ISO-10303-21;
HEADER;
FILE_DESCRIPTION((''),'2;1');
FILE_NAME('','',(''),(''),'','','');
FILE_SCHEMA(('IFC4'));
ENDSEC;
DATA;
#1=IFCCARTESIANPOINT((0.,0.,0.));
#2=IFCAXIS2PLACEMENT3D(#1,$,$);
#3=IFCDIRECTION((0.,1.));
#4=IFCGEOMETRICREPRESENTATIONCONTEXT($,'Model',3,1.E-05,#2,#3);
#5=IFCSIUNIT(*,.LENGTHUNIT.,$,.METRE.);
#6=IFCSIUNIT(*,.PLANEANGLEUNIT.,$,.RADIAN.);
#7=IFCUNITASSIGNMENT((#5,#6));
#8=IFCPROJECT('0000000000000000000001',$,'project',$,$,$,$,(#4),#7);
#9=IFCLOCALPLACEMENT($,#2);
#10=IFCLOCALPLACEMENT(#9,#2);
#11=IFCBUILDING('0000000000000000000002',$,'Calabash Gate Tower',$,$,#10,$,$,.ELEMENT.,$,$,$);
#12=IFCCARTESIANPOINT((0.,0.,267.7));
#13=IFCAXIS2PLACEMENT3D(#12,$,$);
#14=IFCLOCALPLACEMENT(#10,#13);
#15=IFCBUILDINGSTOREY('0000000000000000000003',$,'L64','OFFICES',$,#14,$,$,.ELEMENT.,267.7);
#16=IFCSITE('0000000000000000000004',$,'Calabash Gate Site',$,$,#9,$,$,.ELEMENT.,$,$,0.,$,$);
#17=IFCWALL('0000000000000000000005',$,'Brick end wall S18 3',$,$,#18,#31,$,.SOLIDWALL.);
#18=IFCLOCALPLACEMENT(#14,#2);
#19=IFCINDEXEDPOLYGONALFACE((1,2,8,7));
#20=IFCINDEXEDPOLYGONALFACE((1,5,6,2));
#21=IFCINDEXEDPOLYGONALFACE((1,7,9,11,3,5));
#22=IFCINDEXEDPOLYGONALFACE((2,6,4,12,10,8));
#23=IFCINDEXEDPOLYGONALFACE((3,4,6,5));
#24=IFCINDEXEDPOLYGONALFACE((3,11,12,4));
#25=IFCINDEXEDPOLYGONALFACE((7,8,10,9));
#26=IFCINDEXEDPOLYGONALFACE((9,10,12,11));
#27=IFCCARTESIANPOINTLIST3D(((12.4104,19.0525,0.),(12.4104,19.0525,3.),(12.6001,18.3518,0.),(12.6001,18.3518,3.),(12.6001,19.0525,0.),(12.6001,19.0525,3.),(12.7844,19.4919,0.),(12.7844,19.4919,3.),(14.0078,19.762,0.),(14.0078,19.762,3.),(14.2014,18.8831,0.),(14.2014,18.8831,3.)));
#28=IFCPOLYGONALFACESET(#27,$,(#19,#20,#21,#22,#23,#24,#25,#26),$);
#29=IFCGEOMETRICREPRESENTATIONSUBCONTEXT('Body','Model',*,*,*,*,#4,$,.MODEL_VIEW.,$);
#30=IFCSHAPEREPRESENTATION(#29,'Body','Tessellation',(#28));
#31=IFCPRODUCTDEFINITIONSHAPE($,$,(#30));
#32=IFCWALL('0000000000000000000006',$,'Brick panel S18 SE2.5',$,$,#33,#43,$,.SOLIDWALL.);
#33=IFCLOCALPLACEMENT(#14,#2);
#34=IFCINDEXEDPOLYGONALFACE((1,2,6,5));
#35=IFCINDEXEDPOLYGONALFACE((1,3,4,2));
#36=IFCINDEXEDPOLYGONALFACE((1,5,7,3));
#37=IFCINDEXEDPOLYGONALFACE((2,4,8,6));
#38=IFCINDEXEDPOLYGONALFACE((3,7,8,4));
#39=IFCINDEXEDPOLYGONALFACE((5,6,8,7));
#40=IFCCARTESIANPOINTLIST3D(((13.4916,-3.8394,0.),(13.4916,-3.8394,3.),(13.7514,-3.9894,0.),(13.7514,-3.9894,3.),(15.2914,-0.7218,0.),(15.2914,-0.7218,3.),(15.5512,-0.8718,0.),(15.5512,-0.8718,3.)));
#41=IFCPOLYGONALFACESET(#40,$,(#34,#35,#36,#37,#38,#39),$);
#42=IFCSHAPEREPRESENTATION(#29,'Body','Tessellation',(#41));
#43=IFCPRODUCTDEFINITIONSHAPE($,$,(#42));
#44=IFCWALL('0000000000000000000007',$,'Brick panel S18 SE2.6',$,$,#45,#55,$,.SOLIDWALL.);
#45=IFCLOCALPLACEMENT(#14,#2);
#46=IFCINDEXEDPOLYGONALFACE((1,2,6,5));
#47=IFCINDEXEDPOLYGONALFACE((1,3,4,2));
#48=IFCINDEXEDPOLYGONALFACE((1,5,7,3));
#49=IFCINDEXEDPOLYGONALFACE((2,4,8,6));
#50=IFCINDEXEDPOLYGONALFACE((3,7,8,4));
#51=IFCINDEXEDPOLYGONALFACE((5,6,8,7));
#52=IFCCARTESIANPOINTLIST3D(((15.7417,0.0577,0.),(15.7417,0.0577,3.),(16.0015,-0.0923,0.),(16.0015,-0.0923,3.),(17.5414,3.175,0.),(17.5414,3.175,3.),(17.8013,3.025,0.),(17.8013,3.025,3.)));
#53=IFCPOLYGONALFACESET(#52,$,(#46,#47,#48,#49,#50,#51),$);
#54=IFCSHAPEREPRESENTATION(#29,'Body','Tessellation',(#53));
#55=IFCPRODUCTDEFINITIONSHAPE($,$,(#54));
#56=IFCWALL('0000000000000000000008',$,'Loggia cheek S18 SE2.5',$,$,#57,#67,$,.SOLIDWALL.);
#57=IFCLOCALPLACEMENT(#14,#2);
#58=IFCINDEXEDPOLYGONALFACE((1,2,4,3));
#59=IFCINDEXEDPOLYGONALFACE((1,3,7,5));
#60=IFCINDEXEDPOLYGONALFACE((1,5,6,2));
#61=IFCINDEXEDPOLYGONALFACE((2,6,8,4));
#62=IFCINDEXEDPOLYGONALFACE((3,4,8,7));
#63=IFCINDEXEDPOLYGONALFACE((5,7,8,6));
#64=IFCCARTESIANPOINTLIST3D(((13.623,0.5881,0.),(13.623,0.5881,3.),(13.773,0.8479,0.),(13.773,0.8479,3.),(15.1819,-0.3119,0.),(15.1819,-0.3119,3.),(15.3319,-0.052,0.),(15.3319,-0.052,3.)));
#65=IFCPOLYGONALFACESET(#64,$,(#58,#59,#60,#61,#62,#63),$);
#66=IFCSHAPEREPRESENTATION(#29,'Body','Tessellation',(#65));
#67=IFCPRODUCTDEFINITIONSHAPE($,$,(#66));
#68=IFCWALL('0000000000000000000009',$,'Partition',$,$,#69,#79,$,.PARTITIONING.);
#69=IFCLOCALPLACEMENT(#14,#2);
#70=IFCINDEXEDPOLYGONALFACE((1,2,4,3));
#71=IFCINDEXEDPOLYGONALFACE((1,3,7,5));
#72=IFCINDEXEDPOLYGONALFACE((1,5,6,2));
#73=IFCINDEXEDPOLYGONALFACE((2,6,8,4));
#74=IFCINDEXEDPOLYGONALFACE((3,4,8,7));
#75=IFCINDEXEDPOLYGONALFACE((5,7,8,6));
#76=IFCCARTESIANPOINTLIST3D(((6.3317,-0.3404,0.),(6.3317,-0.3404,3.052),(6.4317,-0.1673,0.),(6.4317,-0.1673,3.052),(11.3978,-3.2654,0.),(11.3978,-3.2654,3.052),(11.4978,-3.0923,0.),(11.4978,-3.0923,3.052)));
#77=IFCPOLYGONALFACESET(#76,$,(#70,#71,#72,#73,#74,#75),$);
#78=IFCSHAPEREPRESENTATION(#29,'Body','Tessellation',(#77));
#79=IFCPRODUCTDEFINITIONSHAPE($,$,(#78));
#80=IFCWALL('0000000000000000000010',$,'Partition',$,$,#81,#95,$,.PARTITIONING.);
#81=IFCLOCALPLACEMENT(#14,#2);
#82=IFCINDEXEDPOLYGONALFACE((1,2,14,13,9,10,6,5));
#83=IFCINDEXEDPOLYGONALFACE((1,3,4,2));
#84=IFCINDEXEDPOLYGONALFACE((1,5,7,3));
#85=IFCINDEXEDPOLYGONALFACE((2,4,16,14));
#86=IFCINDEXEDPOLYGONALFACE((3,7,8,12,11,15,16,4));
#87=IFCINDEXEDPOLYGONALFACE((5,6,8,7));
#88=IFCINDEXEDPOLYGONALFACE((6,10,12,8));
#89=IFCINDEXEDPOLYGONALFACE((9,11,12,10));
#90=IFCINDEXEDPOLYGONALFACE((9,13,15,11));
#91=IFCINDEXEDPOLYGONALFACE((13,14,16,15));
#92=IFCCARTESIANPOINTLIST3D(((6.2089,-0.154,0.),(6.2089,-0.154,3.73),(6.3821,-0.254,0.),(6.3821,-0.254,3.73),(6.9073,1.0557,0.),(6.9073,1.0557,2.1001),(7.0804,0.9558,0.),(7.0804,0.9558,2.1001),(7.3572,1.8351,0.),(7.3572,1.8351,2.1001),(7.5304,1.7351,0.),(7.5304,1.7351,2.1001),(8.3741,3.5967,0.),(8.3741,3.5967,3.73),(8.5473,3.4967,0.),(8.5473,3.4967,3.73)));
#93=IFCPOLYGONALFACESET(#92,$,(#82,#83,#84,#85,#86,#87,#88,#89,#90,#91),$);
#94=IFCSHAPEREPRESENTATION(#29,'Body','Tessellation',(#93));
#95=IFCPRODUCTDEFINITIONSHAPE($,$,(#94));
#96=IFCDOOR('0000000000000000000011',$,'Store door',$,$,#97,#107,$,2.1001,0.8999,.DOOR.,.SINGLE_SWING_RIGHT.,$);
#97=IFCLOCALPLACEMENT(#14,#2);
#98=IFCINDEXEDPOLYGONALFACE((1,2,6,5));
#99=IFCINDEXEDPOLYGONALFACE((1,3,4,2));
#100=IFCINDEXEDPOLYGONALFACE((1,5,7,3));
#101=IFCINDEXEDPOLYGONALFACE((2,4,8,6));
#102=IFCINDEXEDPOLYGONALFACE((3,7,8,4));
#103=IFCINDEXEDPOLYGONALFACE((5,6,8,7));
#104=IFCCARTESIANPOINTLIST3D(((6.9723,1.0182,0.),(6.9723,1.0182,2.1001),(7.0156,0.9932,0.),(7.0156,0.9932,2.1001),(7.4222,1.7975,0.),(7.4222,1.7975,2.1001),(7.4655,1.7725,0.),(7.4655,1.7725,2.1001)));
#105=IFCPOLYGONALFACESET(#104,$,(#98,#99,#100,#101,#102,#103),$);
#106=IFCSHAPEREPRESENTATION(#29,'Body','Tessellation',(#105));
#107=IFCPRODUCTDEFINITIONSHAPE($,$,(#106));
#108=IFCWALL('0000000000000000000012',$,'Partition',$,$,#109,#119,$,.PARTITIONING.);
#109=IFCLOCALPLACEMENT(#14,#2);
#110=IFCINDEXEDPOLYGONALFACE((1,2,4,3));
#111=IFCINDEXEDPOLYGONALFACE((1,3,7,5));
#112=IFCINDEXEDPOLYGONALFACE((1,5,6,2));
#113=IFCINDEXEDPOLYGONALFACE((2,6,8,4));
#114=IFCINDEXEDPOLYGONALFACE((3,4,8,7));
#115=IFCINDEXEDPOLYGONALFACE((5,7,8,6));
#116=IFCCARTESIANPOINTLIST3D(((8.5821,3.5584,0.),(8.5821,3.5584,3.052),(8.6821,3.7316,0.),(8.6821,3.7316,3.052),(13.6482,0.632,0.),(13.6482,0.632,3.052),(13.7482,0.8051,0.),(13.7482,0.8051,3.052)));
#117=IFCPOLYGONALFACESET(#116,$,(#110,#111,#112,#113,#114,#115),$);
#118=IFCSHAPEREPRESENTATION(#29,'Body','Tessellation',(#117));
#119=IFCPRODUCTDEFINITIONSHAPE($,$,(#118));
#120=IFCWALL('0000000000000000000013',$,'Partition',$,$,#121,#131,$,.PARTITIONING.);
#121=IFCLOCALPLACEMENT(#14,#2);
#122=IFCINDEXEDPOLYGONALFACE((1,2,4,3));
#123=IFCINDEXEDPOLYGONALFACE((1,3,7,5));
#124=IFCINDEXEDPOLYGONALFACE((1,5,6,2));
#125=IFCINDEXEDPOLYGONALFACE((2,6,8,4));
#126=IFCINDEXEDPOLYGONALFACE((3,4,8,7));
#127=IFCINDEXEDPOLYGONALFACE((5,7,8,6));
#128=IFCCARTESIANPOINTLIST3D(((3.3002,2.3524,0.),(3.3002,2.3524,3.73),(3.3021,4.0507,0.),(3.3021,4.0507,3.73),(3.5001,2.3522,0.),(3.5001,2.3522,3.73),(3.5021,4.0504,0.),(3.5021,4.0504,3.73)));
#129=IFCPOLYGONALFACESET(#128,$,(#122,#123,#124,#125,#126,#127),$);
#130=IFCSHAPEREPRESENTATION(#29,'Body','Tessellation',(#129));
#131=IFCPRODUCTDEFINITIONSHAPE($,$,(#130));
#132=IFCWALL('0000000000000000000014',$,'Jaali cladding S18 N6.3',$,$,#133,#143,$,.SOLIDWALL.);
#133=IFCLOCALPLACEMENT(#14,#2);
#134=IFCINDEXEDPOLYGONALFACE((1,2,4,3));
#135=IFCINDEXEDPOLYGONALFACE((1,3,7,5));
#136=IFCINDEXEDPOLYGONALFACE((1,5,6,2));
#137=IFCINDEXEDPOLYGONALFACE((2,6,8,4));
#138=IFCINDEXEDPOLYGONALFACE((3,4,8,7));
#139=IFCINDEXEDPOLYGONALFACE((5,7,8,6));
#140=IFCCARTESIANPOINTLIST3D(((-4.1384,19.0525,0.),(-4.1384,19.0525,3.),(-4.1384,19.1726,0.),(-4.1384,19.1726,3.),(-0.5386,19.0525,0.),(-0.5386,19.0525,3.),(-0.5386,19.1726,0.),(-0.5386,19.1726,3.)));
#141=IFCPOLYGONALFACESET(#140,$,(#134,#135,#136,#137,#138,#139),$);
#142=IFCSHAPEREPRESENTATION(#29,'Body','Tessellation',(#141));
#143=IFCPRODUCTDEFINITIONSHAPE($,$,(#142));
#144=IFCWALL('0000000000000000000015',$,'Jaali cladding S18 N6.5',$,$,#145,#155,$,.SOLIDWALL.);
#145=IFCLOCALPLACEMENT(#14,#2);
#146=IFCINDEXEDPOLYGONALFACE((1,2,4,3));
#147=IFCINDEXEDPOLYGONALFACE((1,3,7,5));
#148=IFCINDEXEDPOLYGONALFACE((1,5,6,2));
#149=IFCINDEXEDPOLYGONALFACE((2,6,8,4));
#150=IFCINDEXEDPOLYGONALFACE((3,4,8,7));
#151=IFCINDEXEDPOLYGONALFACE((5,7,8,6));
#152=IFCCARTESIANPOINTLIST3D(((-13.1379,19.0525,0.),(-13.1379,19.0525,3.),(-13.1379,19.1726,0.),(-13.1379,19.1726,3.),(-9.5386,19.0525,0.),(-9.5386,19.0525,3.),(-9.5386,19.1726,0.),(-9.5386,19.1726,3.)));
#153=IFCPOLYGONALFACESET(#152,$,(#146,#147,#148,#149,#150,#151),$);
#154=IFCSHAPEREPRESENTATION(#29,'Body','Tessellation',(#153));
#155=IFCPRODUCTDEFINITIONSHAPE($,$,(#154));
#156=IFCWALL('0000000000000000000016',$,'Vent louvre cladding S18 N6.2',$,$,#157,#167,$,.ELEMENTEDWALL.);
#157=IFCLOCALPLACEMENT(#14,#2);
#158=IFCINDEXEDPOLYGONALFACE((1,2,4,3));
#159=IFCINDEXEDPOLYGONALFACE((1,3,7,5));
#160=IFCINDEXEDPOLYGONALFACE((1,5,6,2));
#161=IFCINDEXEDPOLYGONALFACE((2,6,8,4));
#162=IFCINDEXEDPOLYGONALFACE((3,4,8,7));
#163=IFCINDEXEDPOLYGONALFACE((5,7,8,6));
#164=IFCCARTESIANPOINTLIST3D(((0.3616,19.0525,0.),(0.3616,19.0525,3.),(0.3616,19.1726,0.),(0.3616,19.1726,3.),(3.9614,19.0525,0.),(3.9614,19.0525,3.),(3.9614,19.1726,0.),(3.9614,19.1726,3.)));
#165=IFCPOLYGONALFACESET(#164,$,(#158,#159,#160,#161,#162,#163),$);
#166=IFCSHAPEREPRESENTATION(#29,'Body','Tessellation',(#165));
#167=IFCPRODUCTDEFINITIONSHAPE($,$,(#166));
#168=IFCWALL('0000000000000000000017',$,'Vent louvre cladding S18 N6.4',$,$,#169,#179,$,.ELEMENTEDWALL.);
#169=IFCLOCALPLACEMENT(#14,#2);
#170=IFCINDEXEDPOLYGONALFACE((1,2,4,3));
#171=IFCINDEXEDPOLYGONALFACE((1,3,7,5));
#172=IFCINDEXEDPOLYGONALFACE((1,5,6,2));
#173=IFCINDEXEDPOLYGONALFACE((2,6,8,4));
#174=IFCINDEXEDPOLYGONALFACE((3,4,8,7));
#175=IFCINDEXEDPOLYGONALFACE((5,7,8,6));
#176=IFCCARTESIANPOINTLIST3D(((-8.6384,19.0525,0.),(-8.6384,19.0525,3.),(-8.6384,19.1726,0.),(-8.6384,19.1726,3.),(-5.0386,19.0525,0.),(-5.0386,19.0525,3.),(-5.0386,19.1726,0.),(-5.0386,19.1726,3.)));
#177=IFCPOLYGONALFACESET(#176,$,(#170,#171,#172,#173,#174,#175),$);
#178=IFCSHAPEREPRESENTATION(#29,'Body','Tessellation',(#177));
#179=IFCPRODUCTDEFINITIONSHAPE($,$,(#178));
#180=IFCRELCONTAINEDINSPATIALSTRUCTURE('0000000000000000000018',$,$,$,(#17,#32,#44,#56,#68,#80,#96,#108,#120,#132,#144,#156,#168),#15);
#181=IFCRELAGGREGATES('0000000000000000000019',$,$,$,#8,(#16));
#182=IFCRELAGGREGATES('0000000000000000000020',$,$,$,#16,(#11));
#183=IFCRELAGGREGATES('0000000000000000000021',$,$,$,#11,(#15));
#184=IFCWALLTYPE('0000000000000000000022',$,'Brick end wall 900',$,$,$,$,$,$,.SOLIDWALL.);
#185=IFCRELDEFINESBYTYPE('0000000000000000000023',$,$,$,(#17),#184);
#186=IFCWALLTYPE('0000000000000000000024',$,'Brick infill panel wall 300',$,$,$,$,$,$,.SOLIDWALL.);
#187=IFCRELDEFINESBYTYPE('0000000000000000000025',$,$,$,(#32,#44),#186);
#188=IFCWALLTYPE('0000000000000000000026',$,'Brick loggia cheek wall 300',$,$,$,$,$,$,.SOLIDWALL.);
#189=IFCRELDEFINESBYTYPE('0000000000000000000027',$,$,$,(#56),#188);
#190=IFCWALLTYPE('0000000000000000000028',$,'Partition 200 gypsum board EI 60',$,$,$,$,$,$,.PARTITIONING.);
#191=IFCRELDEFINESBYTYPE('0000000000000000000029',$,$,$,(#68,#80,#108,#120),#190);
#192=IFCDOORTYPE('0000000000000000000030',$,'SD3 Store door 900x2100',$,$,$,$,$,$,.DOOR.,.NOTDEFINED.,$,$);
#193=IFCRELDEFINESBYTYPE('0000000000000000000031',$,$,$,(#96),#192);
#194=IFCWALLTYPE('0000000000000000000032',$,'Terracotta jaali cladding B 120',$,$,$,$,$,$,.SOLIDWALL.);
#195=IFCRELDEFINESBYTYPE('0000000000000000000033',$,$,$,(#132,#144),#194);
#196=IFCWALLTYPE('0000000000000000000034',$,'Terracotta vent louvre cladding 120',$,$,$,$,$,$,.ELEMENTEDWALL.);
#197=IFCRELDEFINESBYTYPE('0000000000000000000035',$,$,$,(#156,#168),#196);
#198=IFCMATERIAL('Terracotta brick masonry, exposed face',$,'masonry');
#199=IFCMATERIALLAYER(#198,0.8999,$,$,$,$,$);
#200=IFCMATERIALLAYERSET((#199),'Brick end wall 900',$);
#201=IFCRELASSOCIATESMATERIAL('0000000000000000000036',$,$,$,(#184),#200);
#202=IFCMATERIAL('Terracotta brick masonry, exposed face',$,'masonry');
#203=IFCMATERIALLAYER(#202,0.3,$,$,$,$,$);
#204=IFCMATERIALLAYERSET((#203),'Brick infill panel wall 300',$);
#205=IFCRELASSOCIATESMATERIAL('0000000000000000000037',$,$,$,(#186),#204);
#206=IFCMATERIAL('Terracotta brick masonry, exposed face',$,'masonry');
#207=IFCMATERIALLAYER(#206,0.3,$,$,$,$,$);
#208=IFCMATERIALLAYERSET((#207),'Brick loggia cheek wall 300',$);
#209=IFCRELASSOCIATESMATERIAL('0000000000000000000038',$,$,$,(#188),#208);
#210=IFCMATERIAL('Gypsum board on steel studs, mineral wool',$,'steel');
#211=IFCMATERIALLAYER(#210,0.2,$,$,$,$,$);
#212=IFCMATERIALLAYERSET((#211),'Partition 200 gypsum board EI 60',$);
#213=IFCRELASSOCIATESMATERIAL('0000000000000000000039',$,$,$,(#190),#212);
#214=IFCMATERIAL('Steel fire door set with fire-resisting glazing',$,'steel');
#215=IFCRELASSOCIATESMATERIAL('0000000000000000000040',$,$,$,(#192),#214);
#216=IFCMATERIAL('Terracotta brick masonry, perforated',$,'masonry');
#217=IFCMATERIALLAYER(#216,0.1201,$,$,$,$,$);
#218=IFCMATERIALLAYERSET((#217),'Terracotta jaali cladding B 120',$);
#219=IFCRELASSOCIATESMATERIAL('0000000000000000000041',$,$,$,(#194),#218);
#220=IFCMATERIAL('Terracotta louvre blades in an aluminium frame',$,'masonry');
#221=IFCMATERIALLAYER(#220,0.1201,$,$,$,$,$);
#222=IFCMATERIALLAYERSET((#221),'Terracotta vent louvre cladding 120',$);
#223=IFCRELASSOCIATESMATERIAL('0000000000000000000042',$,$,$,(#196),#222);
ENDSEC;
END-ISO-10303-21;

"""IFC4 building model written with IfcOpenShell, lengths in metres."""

from ifc_helpers import new_model, si_unit, direction, frame, frame_2d, origin, place, context, subcontext, project, spatial, polyline, rectangle, outline, extrude, material, layer, layer_set, type_object, element, fill, save


model = new_model("IFC4")

# Units and contexts
model_context = context("Model", 3, precision=1e-05, world=origin(), true_north=direction((0.0, 1.0)))
body_context = subcontext(model_context, "Body", "Model", "MODEL_VIEW")
ifc_project = project(units=[si_unit("LENGTHUNIT", "METRE"), si_unit("PLANEANGLEUNIT", "RADIAN")], contexts=[model_context])

# Site, building, storey
site_placement = place(None, origin())
site = spatial("IfcSite", under=ifc_project, at=site_placement, Name="Calabash Gate Site", CompositionType="ELEMENT", RefElevation=0.0)
building_placement = place(site_placement, origin())
building = spatial("IfcBuilding", under=site, at=building_placement, Name="Calabash Gate Tower", CompositionType="ELEMENT")
storey_placement = place(building_placement, frame((0.0, 0.0, 267.7)))
storey = spatial("IfcBuildingStorey", under=building, at=storey_placement, Name="L64", Description="OFFICES", CompositionType="ELEMENT", Elevation=267.7)

# Walls
ifc_material_1 = material(Name="Terracotta brick masonry, exposed face", Category="masonry")
ifc_layer_1 = layer(ifc_material_1, 0.8999)
ifc_layer_set_1 = layer_set([ifc_layer_1], Name="Brick end wall 900")
wall_type_1 = type_object("IfcWallType", Name="Brick end wall 900", PredefinedType="SOLIDWALL", material=ifc_layer_set_1)
wall_1_placement = place(storey_placement, origin())
element("IfcWall", 1, at=wall_1_placement, inside=storey, type_object=wall_type_1, Name="Brick end wall S18 3", PredefinedType="SOLIDWALL", context=body_context, shape_type="SweptSolid", body=[
    extrude(outline(polyline([(14.2014, 18.8831), (14.0078, 19.762), (12.7844, 19.4919), (12.4104, 19.0525), (12.6001, 19.0525), (12.6001, 18.3518), (14.2014, 18.8831)])), origin(), (0.0, 0.0, 1.0), 3.0),
])
ifc_material_2 = material(Name="Terracotta brick masonry, exposed face", Category="masonry")
ifc_layer_2 = layer(ifc_material_2, 0.3)
ifc_layer_set_2 = layer_set([ifc_layer_2], Name="Brick infill panel wall 300")
wall_type_2 = type_object("IfcWallType", Name="Brick infill panel wall 300", PredefinedType="SOLIDWALL", material=ifc_layer_set_2)
wall_2_placement = place(storey_placement, frame((13.6216, -3.9143, 0.0), z_axis=(0.0, 0.0, 1.0), x_axis=(0.499961, 0.866048, 0.0)))
element("IfcWall", 2, at=wall_2_placement, inside=storey, type_object=wall_type_2, Name="Brick panel S18 SE2.5", PredefinedType="SOLIDWALL", context=body_context, shape_type="SweptSolid", body=[
    extrude(rectangle(XDim=3.5999, YDim=0.3, at=frame_2d((1.7998, 0.0))), origin(), (0.0, 0.0, 1.0), 3.0),
])
wall_3_placement = place(storey_placement, frame((15.8716, -0.0173, 0.0), z_axis=(0.0, 0.0, 1.0), x_axis=(0.499991, 0.866031, 0.0)))
element("IfcWall", 3, at=wall_3_placement, inside=storey, type_object=wall_type_2, Name="Brick panel S18 SE2.6", PredefinedType="SOLIDWALL", context=body_context, shape_type="SweptSolid", body=[
    extrude(rectangle(XDim=3.5996, YDim=0.3, at=frame_2d((1.7998, 0.0))), origin(), (0.0, 0.0, 1.0), 3.0),
])
ifc_material_3 = material(Name="Terracotta brick masonry, exposed face", Category="masonry")
ifc_layer_3 = layer(ifc_material_3, 0.3)
ifc_layer_set_3 = layer_set([ifc_layer_3], Name="Brick loggia cheek wall 300")
wall_type_3 = type_object("IfcWallType", Name="Brick loggia cheek wall 300", PredefinedType="SOLIDWALL", material=ifc_layer_set_3)
wall_4_placement = place(storey_placement, frame((15.2568, -0.1819, 0.0), z_axis=(0.0, 0.0, 1.0), x_axis=(-0.866048, 0.499961, 0.0)))
element("IfcWall", 4, at=wall_4_placement, inside=storey, type_object=wall_type_3, Name="Loggia cheek S18 SE2.5", PredefinedType="SOLIDWALL", context=body_context, shape_type="SweptSolid", body=[
    extrude(rectangle(XDim=1.8, YDim=0.3, at=frame_2d((0.8999, 0.0))), origin(), (0.0, 0.0, 1.0), 3.0),
])
ifc_material_4 = material(Name="Gypsum board on steel studs, mineral wool", Category="steel")
ifc_layer_4 = layer(ifc_material_4, 0.2)
ifc_layer_set_4 = layer_set([ifc_layer_4], Name="Partition 200 gypsum board EI 60")
wall_type_4 = type_object("IfcWallType", Name="Partition 200 gypsum board EI 60", PredefinedType="PARTITIONING", material=ifc_layer_set_4)
wall_5_placement = place(storey_placement, frame((6.3818, -0.2539, 0.0), z_axis=(0.0, 0.0, 1.0), x_axis=(0.866018, -0.500013, 0.0)))
element("IfcWall", 5, at=wall_5_placement, inside=storey, type_object=wall_type_4, Name="Partition", PredefinedType="PARTITIONING", context=body_context, shape_type="SweptSolid", body=[
    extrude(rectangle(XDim=5.8499, YDim=0.2, at=frame_2d((2.9248, 0.0))), origin(), (0.0, 0.0, 1.0), 3.052),
])

# Wall, opening, door
wall_6_placement = place(storey_placement, frame((6.2954, -0.2041, 0.0), z_axis=(0.0, 0.0, 1.0), x_axis=(0.499965, 0.866046, 0.0)))
wall_6 = element("IfcWall", 6, at=wall_6_placement, inside=storey, type_object=wall_type_4, Name="Partition", PredefinedType="PARTITIONING", context=body_context, shape_type="SweptSolid", body=[
    extrude(rectangle(XDim=4.3308, YDim=0.2, at=frame_2d((2.1655, 0.0))), origin(), (0.0, 0.0, 1.0), 3.73),
])
opening_placement = place(wall_6_placement, frame((1.397, 0.0, 0.0)))
opening = element("IfcOpeningElement", 7, at=opening_placement, cuts=wall_6, PredefinedType="OPENING", context=body_context, shape_type="SweptSolid", body=[
    extrude(rectangle(XDim=0.8999, YDim=2.1001, at=frame_2d((0.45, 1.05))), frame((0.0, 0.1099, 0.0), z_axis=(0.0, -1.0, 0.0), x_axis=(1.0, 0.0, 0.0)), (0.0, 0.0, 1.0), 0.22),
])
ifc_material_5 = material(Name="Steel fire door set with fire-resisting glazing", Category="steel")
door_type = type_object("IfcDoorType", Name="SD3 Store door 900x2100", OperationType="NOTDEFINED", PredefinedType="DOOR", material=ifc_material_5)
door_placement = place(opening_placement, origin())
door = element("IfcDoor", 8, at=door_placement, inside=storey, type_object=door_type, Name="Store door", OperationType="SINGLE_SWING_RIGHT", OverallHeight=2.1001, OverallWidth=0.8999, PredefinedType="DOOR", context=body_context, shape_type="SweptSolid", body=[
    extrude(rectangle(XDim=0.8999, YDim=2.1001, at=frame_2d((0.45, 1.05))), frame((0.0, 0.0249, 0.0), z_axis=(0.0, -1.0, 0.0), x_axis=(1.0, 0.0, 0.0)), (0.0, 0.0, 1.0), 0.05),
])
fill(opening, door)

# Walls
wall_7_placement = place(storey_placement, frame((8.6321, 3.645, 0.0), z_axis=(0.0, 0.0, 1.0), x_axis=(0.86591, -0.5002, 0.0)))
element("IfcWall", 9, at=wall_7_placement, inside=storey, type_object=wall_type_4, Name="Partition", PredefinedType="PARTITIONING", context=body_context, shape_type="SweptSolid", body=[
    extrude(rectangle(XDim=5.8506, YDim=0.2, at=frame_2d((2.9253, 0.0))), origin(), (0.0, 0.0, 1.0), 3.052),
])
wall_8_placement = place(storey_placement, frame((3.4001, 2.3523, 0.0), z_axis=(0.0, 0.0, 1.0), x_axis=(0.00115, 0.999999, 0.0)))
element("IfcWall", 10, at=wall_8_placement, inside=storey, type_object=wall_type_4, Name="Partition", PredefinedType="PARTITIONING", context=body_context, shape_type="SweptSolid", body=[
    extrude(rectangle(XDim=1.6982, YDim=0.2, at=frame_2d((0.8491, 0.0))), origin(), (0.0, 0.0, 1.0), 3.73),
])
ifc_material_6 = material(Name="Terracotta brick masonry, perforated", Category="masonry")
ifc_layer_5 = layer(ifc_material_6, 0.1201)
ifc_layer_set_5 = layer_set([ifc_layer_5], Name="Terracotta jaali cladding B 120")
wall_type_5 = type_object("IfcWallType", Name="Terracotta jaali cladding B 120", PredefinedType="SOLIDWALL", material=ifc_layer_set_5)
wall_9_placement = place(storey_placement, origin())
element("IfcWall", 11, at=wall_9_placement, inside=storey, type_object=wall_type_5, Name="Jaali cladding S18 N6.3", PredefinedType="SOLIDWALL", context=body_context, shape_type="SweptSolid", body=[
    extrude(outline(polyline([(-4.1384, 19.1726), (-4.1384, 19.0525), (-0.5386, 19.0525), (-0.5386, 19.1726), (-4.1384, 19.1726)])), origin(), (0.0, 0.0, 1.0), 3.0),
])
wall_10_placement = place(storey_placement, origin())
element("IfcWall", 12, at=wall_10_placement, inside=storey, type_object=wall_type_5, Name="Jaali cladding S18 N6.5", PredefinedType="SOLIDWALL", context=body_context, shape_type="SweptSolid", body=[
    extrude(outline(polyline([(-13.1379, 19.1726), (-13.1379, 19.0525), (-9.5386, 19.0525), (-9.5386, 19.1726), (-13.1379, 19.1726)])), origin(), (0.0, 0.0, 1.0), 3.0),
])
ifc_material_7 = material(Name="Terracotta louvre blades in an aluminium frame", Category="masonry")
ifc_layer_6 = layer(ifc_material_7, 0.1201)
ifc_layer_set_6 = layer_set([ifc_layer_6], Name="Terracotta vent louvre cladding 120")
wall_type_6 = type_object("IfcWallType", Name="Terracotta vent louvre cladding 120", PredefinedType="ELEMENTEDWALL", material=ifc_layer_set_6)
wall_11_placement = place(storey_placement, origin())
element("IfcWall", 13, at=wall_11_placement, inside=storey, type_object=wall_type_6, Name="Vent louvre cladding S18 N6.2", PredefinedType="ELEMENTEDWALL", context=body_context, shape_type="SweptSolid", body=[
    extrude(outline(polyline([(0.3616, 19.1726), (0.3616, 19.0525), (3.9614, 19.0525), (3.9614, 19.1726), (0.3616, 19.1726)])), origin(), (0.0, 0.0, 1.0), 3.0),
])
wall_12_placement = place(storey_placement, origin())
element("IfcWall", 14, at=wall_12_placement, inside=storey, type_object=wall_type_6, Name="Vent louvre cladding S18 N6.4", PredefinedType="ELEMENTEDWALL", context=body_context, shape_type="SweptSolid", body=[
    extrude(outline(polyline([(-8.6384, 19.1726), (-8.6384, 19.0525), (-5.0386, 19.0525), (-5.0386, 19.1726), (-8.6384, 19.1726)])), origin(), (0.0, 0.0, 1.0), 3.0),
])

save(model, "model.ifc")
